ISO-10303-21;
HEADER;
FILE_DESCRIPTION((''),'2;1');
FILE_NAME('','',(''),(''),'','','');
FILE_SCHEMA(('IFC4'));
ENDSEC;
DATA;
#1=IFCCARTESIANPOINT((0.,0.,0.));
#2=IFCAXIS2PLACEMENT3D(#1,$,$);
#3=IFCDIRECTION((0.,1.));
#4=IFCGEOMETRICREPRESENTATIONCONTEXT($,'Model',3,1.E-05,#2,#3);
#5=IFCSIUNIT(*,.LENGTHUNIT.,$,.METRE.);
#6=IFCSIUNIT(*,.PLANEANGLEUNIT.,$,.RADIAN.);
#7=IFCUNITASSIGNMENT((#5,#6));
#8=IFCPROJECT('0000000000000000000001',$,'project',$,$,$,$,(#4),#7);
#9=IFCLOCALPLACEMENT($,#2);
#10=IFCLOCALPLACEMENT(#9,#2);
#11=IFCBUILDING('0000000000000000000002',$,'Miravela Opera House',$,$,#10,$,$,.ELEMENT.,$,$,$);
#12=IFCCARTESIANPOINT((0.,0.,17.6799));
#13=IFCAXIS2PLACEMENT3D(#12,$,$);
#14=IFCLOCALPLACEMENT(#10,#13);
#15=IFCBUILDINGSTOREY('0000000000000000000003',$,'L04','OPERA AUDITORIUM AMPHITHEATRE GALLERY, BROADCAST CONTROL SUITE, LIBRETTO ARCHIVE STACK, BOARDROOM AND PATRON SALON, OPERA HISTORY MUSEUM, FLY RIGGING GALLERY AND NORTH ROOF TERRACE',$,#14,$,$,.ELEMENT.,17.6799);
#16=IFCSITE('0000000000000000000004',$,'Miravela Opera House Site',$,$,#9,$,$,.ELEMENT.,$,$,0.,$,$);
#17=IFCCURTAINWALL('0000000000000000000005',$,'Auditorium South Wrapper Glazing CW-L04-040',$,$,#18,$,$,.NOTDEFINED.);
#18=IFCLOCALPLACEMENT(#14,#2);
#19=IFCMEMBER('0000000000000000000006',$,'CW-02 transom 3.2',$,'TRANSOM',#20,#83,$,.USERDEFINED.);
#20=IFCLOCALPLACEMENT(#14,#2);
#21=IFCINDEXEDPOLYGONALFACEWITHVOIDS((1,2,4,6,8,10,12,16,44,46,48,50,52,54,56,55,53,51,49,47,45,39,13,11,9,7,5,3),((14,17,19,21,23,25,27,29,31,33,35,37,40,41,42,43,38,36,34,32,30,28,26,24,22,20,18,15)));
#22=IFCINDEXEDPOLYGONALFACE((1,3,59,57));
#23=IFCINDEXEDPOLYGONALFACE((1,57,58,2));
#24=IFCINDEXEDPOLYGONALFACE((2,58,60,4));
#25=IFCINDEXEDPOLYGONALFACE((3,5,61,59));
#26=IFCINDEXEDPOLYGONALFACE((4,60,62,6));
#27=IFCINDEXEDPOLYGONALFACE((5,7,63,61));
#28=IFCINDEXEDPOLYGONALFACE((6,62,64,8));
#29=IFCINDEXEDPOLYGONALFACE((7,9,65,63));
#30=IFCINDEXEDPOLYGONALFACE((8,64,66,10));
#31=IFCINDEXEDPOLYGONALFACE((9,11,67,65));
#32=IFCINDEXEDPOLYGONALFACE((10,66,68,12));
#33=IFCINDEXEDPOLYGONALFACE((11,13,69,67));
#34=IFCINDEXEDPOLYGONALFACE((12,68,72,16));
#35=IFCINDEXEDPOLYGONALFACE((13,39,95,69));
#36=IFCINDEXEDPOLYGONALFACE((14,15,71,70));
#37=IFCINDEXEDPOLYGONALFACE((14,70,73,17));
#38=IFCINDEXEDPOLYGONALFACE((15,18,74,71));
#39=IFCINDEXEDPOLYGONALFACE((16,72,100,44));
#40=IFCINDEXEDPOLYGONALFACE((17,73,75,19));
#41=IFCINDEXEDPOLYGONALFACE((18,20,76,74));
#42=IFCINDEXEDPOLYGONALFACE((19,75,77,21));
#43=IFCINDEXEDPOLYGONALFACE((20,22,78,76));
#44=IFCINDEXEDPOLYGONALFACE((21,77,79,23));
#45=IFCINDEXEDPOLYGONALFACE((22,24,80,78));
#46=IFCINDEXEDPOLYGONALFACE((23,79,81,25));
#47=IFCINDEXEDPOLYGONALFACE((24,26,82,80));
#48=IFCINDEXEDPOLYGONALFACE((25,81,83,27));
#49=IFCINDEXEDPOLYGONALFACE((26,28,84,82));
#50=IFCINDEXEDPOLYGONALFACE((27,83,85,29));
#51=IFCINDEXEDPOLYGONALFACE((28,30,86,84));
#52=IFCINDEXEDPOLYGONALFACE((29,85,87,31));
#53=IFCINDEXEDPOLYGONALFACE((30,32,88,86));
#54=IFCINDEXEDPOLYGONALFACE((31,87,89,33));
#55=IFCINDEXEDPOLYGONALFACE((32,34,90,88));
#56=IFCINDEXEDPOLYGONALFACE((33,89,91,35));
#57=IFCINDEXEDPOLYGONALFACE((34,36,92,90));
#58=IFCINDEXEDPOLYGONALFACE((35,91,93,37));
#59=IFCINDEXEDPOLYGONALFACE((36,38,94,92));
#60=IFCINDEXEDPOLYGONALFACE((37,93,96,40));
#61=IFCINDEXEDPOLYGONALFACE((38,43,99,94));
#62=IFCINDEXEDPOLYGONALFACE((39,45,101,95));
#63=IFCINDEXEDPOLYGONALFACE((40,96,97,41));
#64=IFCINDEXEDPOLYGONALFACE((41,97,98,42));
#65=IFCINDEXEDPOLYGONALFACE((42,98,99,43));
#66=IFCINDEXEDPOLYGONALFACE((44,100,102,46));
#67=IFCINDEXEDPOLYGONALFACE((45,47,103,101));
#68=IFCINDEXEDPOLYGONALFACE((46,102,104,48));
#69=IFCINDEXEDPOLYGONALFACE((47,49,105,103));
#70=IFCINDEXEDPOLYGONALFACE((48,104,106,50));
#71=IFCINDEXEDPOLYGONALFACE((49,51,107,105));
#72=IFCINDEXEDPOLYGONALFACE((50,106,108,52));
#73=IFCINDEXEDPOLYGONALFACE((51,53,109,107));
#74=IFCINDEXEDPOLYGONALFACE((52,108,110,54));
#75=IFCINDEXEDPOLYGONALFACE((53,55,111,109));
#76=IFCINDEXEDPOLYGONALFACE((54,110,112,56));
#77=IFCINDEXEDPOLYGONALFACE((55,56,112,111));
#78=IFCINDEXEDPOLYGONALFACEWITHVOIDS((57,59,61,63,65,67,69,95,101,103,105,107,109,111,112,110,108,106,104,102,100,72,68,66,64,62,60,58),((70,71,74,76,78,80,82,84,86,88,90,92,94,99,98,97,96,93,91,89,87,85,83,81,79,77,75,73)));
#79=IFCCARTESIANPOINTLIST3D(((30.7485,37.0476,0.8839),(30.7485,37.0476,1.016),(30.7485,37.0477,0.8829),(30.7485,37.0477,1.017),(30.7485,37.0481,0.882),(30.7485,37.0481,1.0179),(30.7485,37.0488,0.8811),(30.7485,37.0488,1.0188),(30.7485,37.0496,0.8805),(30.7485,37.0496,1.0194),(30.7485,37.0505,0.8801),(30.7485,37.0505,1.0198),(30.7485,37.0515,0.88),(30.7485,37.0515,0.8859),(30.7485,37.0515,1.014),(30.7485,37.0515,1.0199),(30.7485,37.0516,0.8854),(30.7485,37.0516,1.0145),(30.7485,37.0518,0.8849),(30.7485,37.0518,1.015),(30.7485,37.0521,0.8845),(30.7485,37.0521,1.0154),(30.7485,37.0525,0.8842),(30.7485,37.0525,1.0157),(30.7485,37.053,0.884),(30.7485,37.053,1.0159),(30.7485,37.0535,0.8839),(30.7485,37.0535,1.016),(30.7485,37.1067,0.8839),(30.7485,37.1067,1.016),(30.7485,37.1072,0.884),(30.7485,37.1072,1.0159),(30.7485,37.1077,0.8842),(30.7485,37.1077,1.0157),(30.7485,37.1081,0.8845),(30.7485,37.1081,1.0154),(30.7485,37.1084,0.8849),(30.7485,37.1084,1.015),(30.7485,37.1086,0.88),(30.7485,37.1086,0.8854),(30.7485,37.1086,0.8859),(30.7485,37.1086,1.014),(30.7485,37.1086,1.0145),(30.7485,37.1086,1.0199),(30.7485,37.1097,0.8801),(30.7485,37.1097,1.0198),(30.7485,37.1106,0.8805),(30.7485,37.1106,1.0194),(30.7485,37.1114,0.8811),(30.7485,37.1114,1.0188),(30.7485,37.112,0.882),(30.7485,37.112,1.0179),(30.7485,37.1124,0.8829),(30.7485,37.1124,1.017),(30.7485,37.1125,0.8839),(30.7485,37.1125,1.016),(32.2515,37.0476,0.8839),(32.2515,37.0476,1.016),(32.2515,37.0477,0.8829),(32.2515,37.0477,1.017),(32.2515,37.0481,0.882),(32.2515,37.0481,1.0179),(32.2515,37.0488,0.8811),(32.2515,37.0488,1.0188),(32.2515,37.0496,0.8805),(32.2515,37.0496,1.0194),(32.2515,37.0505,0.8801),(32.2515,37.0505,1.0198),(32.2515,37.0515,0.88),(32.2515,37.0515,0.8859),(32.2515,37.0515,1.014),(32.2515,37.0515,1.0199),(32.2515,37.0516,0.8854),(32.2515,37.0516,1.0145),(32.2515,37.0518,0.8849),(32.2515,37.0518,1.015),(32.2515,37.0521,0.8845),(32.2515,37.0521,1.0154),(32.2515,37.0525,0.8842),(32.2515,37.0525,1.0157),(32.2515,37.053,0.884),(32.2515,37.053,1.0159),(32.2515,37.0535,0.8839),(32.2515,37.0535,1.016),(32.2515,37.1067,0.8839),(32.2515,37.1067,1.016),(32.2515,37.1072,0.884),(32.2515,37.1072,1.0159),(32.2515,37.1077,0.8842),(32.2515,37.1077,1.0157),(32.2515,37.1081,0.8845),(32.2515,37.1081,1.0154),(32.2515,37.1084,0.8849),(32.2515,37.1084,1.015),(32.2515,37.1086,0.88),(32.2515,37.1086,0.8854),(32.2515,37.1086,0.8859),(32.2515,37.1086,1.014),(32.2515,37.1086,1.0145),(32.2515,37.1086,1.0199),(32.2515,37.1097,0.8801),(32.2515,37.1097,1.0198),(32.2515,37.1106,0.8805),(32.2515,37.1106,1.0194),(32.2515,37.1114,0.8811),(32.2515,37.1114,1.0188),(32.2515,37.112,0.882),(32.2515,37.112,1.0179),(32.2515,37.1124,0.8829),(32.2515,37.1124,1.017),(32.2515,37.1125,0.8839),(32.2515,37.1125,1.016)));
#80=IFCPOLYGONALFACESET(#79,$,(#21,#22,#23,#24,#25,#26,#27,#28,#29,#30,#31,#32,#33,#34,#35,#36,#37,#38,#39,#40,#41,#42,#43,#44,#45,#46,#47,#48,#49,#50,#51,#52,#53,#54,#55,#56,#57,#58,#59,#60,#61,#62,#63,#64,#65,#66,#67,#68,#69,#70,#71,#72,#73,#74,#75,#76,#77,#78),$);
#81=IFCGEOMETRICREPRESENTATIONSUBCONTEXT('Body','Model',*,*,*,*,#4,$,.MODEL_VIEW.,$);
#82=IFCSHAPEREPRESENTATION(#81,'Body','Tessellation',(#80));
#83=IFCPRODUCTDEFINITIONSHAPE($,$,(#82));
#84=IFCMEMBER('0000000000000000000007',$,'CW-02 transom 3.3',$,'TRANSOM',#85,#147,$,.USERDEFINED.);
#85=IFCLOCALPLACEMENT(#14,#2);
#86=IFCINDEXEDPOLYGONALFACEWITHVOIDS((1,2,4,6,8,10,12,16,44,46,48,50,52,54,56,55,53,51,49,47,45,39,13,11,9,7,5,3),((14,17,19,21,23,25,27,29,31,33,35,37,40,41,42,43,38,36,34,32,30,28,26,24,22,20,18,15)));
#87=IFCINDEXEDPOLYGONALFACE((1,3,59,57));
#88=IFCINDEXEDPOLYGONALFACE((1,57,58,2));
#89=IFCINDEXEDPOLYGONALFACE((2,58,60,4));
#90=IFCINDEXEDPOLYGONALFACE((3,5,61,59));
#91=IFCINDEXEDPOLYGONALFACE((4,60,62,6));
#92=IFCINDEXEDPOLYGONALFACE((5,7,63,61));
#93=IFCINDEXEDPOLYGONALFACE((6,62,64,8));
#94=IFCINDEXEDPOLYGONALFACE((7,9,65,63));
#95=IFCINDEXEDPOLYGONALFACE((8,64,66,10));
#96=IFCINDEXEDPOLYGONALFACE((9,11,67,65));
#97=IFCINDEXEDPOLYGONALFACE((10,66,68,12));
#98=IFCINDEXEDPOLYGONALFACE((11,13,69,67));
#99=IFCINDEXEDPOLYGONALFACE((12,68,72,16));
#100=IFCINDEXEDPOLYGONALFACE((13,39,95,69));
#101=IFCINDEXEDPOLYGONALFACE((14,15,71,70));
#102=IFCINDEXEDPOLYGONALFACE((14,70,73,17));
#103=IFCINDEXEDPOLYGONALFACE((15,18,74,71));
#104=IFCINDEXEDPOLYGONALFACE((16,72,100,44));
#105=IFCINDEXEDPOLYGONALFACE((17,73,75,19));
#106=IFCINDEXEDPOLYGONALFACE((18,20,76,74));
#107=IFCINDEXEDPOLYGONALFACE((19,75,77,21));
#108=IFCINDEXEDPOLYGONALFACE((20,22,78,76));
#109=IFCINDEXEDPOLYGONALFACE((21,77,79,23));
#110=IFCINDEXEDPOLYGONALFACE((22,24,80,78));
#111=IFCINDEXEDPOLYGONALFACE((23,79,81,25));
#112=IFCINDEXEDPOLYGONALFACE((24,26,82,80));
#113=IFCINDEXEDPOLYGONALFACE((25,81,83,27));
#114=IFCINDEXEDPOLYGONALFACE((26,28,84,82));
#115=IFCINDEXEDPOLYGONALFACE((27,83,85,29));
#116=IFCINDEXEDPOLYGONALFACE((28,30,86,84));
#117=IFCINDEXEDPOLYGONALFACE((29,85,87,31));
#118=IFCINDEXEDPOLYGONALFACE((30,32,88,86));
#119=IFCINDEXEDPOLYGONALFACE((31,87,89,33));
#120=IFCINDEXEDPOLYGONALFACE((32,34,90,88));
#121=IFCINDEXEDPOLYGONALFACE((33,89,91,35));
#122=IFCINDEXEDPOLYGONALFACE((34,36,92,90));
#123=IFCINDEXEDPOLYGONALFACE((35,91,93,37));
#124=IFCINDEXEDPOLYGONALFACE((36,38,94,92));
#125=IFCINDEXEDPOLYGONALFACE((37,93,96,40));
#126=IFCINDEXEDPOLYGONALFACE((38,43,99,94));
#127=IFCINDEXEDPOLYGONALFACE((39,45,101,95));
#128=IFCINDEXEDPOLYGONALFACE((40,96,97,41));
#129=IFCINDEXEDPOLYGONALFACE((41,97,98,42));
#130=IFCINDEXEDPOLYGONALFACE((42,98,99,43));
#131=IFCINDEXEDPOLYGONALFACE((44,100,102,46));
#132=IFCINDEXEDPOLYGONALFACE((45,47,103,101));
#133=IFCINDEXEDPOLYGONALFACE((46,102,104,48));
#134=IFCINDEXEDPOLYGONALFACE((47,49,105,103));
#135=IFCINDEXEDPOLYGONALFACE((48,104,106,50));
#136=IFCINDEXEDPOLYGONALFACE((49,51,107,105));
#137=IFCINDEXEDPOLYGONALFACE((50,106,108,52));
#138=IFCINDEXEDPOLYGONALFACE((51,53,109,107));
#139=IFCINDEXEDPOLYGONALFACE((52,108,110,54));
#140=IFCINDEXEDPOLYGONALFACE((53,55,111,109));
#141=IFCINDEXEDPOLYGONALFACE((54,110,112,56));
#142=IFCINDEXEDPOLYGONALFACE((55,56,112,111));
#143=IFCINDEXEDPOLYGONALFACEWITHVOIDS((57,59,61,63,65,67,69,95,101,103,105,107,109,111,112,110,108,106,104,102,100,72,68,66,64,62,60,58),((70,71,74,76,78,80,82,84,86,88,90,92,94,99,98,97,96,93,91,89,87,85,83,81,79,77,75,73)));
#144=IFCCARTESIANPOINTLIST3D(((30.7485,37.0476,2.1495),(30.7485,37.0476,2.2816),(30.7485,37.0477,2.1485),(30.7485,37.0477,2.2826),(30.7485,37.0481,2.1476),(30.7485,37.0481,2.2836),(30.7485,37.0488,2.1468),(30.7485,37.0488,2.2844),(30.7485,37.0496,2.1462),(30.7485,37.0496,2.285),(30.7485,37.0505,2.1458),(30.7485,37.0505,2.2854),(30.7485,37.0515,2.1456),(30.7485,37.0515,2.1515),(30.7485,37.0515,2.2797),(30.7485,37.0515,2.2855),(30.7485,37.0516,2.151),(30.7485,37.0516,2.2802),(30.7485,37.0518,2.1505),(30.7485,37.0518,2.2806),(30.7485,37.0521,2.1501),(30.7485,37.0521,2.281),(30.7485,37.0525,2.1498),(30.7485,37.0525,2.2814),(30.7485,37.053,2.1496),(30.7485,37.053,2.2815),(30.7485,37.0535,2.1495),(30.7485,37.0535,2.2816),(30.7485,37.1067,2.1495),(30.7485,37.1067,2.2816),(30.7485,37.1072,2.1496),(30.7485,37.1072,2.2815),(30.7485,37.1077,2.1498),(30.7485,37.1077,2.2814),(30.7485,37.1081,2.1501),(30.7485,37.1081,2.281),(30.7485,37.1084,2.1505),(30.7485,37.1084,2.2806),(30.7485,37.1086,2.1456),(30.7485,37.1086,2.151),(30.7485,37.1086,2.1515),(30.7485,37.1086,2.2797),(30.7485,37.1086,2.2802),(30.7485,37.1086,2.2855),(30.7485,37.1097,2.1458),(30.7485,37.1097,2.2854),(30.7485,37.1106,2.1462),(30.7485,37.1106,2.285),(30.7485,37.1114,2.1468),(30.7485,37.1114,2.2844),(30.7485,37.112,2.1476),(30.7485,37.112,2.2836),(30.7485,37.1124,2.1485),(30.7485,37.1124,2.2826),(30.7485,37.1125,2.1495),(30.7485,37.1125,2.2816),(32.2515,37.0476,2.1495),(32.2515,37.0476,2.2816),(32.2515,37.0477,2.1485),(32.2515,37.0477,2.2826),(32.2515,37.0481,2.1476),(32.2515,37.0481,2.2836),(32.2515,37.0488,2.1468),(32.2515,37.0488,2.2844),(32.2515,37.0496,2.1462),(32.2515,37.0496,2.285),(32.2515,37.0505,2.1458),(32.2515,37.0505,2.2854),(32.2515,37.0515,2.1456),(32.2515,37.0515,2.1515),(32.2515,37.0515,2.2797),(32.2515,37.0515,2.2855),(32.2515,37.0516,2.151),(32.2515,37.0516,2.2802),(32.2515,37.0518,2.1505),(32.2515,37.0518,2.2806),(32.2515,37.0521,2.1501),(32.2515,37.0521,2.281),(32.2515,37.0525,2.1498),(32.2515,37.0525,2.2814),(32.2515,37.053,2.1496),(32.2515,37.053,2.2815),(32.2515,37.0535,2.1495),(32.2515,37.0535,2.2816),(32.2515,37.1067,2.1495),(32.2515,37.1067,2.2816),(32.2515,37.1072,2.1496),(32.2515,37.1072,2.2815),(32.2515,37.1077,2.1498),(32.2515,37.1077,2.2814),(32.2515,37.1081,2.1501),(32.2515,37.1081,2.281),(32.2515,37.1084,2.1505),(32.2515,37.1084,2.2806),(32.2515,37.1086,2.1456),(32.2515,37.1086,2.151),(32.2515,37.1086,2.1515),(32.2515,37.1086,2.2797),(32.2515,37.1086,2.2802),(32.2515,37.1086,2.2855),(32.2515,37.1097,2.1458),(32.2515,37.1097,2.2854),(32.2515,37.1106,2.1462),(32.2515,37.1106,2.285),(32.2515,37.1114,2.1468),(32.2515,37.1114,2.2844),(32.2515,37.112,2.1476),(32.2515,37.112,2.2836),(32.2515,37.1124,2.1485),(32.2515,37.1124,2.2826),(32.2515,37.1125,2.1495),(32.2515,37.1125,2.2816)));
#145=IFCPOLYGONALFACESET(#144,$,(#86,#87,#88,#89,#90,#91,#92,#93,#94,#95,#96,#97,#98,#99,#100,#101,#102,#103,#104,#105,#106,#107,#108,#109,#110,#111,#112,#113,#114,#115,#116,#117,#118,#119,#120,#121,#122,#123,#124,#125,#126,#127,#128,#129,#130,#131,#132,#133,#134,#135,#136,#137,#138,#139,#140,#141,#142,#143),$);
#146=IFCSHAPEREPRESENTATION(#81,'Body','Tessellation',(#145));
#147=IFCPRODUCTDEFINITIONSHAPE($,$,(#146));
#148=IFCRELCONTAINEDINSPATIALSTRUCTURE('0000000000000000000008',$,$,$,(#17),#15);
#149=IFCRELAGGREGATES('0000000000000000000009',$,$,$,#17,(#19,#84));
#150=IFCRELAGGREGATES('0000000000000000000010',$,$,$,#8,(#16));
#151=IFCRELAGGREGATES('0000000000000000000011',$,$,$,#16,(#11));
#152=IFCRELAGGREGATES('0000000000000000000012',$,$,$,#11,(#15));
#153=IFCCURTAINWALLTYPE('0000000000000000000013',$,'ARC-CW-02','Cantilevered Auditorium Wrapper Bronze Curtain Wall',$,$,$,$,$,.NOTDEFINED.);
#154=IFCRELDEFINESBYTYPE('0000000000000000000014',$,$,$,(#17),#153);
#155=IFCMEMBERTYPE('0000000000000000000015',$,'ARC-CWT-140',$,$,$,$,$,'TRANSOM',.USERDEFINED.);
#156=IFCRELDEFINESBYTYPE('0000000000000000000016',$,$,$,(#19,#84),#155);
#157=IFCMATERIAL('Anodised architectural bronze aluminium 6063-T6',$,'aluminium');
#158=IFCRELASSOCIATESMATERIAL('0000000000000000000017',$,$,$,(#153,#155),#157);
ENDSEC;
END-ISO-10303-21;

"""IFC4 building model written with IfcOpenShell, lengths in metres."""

from ifc_helpers import new_model, si_unit, direction, frame, origin, origin_2d, place, context, subcontext, project, spatial, hollow_rectangle, extrude, material, material_profile, profile_set, type_object, element, aggregate, save


model = new_model("IFC4")

# Units and contexts
model_context = context("Model", 3, precision=1e-05, world=origin(), true_north=direction((0.0, 1.0)))
body_context = subcontext(model_context, "Body", "Model", "MODEL_VIEW")
ifc_project = project(units=[si_unit("LENGTHUNIT", "METRE"), si_unit("PLANEANGLEUNIT", "RADIAN")], contexts=[model_context])

# Site, building, storey
site_placement = place(None, origin())
site = spatial("IfcSite", under=ifc_project, at=site_placement, Name="Miravela Opera House Site", CompositionType="ELEMENT", RefElevation=0.0)
building_placement = place(site_placement, origin())
building = spatial("IfcBuilding", under=site, at=building_placement, Name="Miravela Opera House", CompositionType="ELEMENT")
storey_placement = place(building_placement, frame((0.0, 0.0, 17.6799)))
storey = spatial("IfcBuildingStorey", under=building, at=storey_placement, Name="L04", Description="OPERA AUDITORIUM AMPHITHEATRE GALLERY, BROADCAST CONTROL SUITE, LIBRETTO ARCHIVE STACK, BOARDROOM AND PATRON SALON, OPERA HISTORY MUSEUM, FLY RIGGING GALLERY AND NORTH ROOF TERRACE", CompositionType="ELEMENT", Elevation=17.6799)

# Curtain wall, members
ifc_material_1 = material(Name="Anodised architectural bronze aluminium 6063-T6", Category="aluminium")
curtain_wall_type = type_object("IfcCurtainWallType", Name="ARC-CW-02", Description="Cantilevered Auditorium Wrapper Bronze Curtain Wall", PredefinedType="NOTDEFINED", material=ifc_material_1)
curtain_wall_placement = place(storey_placement, origin())
curtain_wall = element("IfcCurtainWall", 1, at=curtain_wall_placement, inside=storey, type_object=curtain_wall_type, Name="Auditorium South Wrapper Glazing CW-L04-040", PredefinedType="NOTDEFINED")
ifc_material_profile_1 = material_profile(ifc_material_1, hollow_rectangle(XDim=0.0649, YDim=0.1399, WallThickness=0.0039, InnerFilletRadius=0.002, OuterFilletRadius=0.0039, at=origin_2d()), Name="CWT-65X140")
ifc_profile_set_1 = profile_set([ifc_material_profile_1])
member_type_1 = type_object("IfcMemberType", Name="ARC-CWT-140", ElementType="TRANSOM", PredefinedType="USERDEFINED", material=ifc_profile_set_1)
member_1_placement = place(storey_placement, frame((30.7485, 37.0801, 0.95), z_axis=(1.0, 0.0, 0.0), x_axis=(0.0, 1.0, 0.0)))
member_1 = element("IfcMember", 2, at=member_1_placement, type_object=member_type_1, Name="CW-02 transom 3.2", ObjectType="TRANSOM", PredefinedType="USERDEFINED", context=body_context, shape_type="SweptSolid", body=[
    extrude(hollow_rectangle(XDim=0.0649, YDim=0.1399, WallThickness=0.0039, InnerFilletRadius=0.002, OuterFilletRadius=0.0039, at=origin_2d()), origin(), (0.0, 0.0, 1.0), 1.5029),
])
member_2_placement = place(storey_placement, frame((30.7485, 37.0801, 2.2156), z_axis=(1.0, 0.0, 0.0), x_axis=(0.0, 1.0, 0.0)))
member_2 = element("IfcMember", 3, at=member_2_placement, type_object=member_type_1, Name="CW-02 transom 3.3", ObjectType="TRANSOM", PredefinedType="USERDEFINED", context=body_context, shape_type="SweptSolid", body=[
    extrude(hollow_rectangle(XDim=0.0649, YDim=0.1399, WallThickness=0.0039, InnerFilletRadius=0.002, OuterFilletRadius=0.0039, at=origin_2d()), origin(), (0.0, 0.0, 1.0), 1.5029),
])

aggregate(curtain_wall, [member_1, member_2])

save(model, "model.ifc")
